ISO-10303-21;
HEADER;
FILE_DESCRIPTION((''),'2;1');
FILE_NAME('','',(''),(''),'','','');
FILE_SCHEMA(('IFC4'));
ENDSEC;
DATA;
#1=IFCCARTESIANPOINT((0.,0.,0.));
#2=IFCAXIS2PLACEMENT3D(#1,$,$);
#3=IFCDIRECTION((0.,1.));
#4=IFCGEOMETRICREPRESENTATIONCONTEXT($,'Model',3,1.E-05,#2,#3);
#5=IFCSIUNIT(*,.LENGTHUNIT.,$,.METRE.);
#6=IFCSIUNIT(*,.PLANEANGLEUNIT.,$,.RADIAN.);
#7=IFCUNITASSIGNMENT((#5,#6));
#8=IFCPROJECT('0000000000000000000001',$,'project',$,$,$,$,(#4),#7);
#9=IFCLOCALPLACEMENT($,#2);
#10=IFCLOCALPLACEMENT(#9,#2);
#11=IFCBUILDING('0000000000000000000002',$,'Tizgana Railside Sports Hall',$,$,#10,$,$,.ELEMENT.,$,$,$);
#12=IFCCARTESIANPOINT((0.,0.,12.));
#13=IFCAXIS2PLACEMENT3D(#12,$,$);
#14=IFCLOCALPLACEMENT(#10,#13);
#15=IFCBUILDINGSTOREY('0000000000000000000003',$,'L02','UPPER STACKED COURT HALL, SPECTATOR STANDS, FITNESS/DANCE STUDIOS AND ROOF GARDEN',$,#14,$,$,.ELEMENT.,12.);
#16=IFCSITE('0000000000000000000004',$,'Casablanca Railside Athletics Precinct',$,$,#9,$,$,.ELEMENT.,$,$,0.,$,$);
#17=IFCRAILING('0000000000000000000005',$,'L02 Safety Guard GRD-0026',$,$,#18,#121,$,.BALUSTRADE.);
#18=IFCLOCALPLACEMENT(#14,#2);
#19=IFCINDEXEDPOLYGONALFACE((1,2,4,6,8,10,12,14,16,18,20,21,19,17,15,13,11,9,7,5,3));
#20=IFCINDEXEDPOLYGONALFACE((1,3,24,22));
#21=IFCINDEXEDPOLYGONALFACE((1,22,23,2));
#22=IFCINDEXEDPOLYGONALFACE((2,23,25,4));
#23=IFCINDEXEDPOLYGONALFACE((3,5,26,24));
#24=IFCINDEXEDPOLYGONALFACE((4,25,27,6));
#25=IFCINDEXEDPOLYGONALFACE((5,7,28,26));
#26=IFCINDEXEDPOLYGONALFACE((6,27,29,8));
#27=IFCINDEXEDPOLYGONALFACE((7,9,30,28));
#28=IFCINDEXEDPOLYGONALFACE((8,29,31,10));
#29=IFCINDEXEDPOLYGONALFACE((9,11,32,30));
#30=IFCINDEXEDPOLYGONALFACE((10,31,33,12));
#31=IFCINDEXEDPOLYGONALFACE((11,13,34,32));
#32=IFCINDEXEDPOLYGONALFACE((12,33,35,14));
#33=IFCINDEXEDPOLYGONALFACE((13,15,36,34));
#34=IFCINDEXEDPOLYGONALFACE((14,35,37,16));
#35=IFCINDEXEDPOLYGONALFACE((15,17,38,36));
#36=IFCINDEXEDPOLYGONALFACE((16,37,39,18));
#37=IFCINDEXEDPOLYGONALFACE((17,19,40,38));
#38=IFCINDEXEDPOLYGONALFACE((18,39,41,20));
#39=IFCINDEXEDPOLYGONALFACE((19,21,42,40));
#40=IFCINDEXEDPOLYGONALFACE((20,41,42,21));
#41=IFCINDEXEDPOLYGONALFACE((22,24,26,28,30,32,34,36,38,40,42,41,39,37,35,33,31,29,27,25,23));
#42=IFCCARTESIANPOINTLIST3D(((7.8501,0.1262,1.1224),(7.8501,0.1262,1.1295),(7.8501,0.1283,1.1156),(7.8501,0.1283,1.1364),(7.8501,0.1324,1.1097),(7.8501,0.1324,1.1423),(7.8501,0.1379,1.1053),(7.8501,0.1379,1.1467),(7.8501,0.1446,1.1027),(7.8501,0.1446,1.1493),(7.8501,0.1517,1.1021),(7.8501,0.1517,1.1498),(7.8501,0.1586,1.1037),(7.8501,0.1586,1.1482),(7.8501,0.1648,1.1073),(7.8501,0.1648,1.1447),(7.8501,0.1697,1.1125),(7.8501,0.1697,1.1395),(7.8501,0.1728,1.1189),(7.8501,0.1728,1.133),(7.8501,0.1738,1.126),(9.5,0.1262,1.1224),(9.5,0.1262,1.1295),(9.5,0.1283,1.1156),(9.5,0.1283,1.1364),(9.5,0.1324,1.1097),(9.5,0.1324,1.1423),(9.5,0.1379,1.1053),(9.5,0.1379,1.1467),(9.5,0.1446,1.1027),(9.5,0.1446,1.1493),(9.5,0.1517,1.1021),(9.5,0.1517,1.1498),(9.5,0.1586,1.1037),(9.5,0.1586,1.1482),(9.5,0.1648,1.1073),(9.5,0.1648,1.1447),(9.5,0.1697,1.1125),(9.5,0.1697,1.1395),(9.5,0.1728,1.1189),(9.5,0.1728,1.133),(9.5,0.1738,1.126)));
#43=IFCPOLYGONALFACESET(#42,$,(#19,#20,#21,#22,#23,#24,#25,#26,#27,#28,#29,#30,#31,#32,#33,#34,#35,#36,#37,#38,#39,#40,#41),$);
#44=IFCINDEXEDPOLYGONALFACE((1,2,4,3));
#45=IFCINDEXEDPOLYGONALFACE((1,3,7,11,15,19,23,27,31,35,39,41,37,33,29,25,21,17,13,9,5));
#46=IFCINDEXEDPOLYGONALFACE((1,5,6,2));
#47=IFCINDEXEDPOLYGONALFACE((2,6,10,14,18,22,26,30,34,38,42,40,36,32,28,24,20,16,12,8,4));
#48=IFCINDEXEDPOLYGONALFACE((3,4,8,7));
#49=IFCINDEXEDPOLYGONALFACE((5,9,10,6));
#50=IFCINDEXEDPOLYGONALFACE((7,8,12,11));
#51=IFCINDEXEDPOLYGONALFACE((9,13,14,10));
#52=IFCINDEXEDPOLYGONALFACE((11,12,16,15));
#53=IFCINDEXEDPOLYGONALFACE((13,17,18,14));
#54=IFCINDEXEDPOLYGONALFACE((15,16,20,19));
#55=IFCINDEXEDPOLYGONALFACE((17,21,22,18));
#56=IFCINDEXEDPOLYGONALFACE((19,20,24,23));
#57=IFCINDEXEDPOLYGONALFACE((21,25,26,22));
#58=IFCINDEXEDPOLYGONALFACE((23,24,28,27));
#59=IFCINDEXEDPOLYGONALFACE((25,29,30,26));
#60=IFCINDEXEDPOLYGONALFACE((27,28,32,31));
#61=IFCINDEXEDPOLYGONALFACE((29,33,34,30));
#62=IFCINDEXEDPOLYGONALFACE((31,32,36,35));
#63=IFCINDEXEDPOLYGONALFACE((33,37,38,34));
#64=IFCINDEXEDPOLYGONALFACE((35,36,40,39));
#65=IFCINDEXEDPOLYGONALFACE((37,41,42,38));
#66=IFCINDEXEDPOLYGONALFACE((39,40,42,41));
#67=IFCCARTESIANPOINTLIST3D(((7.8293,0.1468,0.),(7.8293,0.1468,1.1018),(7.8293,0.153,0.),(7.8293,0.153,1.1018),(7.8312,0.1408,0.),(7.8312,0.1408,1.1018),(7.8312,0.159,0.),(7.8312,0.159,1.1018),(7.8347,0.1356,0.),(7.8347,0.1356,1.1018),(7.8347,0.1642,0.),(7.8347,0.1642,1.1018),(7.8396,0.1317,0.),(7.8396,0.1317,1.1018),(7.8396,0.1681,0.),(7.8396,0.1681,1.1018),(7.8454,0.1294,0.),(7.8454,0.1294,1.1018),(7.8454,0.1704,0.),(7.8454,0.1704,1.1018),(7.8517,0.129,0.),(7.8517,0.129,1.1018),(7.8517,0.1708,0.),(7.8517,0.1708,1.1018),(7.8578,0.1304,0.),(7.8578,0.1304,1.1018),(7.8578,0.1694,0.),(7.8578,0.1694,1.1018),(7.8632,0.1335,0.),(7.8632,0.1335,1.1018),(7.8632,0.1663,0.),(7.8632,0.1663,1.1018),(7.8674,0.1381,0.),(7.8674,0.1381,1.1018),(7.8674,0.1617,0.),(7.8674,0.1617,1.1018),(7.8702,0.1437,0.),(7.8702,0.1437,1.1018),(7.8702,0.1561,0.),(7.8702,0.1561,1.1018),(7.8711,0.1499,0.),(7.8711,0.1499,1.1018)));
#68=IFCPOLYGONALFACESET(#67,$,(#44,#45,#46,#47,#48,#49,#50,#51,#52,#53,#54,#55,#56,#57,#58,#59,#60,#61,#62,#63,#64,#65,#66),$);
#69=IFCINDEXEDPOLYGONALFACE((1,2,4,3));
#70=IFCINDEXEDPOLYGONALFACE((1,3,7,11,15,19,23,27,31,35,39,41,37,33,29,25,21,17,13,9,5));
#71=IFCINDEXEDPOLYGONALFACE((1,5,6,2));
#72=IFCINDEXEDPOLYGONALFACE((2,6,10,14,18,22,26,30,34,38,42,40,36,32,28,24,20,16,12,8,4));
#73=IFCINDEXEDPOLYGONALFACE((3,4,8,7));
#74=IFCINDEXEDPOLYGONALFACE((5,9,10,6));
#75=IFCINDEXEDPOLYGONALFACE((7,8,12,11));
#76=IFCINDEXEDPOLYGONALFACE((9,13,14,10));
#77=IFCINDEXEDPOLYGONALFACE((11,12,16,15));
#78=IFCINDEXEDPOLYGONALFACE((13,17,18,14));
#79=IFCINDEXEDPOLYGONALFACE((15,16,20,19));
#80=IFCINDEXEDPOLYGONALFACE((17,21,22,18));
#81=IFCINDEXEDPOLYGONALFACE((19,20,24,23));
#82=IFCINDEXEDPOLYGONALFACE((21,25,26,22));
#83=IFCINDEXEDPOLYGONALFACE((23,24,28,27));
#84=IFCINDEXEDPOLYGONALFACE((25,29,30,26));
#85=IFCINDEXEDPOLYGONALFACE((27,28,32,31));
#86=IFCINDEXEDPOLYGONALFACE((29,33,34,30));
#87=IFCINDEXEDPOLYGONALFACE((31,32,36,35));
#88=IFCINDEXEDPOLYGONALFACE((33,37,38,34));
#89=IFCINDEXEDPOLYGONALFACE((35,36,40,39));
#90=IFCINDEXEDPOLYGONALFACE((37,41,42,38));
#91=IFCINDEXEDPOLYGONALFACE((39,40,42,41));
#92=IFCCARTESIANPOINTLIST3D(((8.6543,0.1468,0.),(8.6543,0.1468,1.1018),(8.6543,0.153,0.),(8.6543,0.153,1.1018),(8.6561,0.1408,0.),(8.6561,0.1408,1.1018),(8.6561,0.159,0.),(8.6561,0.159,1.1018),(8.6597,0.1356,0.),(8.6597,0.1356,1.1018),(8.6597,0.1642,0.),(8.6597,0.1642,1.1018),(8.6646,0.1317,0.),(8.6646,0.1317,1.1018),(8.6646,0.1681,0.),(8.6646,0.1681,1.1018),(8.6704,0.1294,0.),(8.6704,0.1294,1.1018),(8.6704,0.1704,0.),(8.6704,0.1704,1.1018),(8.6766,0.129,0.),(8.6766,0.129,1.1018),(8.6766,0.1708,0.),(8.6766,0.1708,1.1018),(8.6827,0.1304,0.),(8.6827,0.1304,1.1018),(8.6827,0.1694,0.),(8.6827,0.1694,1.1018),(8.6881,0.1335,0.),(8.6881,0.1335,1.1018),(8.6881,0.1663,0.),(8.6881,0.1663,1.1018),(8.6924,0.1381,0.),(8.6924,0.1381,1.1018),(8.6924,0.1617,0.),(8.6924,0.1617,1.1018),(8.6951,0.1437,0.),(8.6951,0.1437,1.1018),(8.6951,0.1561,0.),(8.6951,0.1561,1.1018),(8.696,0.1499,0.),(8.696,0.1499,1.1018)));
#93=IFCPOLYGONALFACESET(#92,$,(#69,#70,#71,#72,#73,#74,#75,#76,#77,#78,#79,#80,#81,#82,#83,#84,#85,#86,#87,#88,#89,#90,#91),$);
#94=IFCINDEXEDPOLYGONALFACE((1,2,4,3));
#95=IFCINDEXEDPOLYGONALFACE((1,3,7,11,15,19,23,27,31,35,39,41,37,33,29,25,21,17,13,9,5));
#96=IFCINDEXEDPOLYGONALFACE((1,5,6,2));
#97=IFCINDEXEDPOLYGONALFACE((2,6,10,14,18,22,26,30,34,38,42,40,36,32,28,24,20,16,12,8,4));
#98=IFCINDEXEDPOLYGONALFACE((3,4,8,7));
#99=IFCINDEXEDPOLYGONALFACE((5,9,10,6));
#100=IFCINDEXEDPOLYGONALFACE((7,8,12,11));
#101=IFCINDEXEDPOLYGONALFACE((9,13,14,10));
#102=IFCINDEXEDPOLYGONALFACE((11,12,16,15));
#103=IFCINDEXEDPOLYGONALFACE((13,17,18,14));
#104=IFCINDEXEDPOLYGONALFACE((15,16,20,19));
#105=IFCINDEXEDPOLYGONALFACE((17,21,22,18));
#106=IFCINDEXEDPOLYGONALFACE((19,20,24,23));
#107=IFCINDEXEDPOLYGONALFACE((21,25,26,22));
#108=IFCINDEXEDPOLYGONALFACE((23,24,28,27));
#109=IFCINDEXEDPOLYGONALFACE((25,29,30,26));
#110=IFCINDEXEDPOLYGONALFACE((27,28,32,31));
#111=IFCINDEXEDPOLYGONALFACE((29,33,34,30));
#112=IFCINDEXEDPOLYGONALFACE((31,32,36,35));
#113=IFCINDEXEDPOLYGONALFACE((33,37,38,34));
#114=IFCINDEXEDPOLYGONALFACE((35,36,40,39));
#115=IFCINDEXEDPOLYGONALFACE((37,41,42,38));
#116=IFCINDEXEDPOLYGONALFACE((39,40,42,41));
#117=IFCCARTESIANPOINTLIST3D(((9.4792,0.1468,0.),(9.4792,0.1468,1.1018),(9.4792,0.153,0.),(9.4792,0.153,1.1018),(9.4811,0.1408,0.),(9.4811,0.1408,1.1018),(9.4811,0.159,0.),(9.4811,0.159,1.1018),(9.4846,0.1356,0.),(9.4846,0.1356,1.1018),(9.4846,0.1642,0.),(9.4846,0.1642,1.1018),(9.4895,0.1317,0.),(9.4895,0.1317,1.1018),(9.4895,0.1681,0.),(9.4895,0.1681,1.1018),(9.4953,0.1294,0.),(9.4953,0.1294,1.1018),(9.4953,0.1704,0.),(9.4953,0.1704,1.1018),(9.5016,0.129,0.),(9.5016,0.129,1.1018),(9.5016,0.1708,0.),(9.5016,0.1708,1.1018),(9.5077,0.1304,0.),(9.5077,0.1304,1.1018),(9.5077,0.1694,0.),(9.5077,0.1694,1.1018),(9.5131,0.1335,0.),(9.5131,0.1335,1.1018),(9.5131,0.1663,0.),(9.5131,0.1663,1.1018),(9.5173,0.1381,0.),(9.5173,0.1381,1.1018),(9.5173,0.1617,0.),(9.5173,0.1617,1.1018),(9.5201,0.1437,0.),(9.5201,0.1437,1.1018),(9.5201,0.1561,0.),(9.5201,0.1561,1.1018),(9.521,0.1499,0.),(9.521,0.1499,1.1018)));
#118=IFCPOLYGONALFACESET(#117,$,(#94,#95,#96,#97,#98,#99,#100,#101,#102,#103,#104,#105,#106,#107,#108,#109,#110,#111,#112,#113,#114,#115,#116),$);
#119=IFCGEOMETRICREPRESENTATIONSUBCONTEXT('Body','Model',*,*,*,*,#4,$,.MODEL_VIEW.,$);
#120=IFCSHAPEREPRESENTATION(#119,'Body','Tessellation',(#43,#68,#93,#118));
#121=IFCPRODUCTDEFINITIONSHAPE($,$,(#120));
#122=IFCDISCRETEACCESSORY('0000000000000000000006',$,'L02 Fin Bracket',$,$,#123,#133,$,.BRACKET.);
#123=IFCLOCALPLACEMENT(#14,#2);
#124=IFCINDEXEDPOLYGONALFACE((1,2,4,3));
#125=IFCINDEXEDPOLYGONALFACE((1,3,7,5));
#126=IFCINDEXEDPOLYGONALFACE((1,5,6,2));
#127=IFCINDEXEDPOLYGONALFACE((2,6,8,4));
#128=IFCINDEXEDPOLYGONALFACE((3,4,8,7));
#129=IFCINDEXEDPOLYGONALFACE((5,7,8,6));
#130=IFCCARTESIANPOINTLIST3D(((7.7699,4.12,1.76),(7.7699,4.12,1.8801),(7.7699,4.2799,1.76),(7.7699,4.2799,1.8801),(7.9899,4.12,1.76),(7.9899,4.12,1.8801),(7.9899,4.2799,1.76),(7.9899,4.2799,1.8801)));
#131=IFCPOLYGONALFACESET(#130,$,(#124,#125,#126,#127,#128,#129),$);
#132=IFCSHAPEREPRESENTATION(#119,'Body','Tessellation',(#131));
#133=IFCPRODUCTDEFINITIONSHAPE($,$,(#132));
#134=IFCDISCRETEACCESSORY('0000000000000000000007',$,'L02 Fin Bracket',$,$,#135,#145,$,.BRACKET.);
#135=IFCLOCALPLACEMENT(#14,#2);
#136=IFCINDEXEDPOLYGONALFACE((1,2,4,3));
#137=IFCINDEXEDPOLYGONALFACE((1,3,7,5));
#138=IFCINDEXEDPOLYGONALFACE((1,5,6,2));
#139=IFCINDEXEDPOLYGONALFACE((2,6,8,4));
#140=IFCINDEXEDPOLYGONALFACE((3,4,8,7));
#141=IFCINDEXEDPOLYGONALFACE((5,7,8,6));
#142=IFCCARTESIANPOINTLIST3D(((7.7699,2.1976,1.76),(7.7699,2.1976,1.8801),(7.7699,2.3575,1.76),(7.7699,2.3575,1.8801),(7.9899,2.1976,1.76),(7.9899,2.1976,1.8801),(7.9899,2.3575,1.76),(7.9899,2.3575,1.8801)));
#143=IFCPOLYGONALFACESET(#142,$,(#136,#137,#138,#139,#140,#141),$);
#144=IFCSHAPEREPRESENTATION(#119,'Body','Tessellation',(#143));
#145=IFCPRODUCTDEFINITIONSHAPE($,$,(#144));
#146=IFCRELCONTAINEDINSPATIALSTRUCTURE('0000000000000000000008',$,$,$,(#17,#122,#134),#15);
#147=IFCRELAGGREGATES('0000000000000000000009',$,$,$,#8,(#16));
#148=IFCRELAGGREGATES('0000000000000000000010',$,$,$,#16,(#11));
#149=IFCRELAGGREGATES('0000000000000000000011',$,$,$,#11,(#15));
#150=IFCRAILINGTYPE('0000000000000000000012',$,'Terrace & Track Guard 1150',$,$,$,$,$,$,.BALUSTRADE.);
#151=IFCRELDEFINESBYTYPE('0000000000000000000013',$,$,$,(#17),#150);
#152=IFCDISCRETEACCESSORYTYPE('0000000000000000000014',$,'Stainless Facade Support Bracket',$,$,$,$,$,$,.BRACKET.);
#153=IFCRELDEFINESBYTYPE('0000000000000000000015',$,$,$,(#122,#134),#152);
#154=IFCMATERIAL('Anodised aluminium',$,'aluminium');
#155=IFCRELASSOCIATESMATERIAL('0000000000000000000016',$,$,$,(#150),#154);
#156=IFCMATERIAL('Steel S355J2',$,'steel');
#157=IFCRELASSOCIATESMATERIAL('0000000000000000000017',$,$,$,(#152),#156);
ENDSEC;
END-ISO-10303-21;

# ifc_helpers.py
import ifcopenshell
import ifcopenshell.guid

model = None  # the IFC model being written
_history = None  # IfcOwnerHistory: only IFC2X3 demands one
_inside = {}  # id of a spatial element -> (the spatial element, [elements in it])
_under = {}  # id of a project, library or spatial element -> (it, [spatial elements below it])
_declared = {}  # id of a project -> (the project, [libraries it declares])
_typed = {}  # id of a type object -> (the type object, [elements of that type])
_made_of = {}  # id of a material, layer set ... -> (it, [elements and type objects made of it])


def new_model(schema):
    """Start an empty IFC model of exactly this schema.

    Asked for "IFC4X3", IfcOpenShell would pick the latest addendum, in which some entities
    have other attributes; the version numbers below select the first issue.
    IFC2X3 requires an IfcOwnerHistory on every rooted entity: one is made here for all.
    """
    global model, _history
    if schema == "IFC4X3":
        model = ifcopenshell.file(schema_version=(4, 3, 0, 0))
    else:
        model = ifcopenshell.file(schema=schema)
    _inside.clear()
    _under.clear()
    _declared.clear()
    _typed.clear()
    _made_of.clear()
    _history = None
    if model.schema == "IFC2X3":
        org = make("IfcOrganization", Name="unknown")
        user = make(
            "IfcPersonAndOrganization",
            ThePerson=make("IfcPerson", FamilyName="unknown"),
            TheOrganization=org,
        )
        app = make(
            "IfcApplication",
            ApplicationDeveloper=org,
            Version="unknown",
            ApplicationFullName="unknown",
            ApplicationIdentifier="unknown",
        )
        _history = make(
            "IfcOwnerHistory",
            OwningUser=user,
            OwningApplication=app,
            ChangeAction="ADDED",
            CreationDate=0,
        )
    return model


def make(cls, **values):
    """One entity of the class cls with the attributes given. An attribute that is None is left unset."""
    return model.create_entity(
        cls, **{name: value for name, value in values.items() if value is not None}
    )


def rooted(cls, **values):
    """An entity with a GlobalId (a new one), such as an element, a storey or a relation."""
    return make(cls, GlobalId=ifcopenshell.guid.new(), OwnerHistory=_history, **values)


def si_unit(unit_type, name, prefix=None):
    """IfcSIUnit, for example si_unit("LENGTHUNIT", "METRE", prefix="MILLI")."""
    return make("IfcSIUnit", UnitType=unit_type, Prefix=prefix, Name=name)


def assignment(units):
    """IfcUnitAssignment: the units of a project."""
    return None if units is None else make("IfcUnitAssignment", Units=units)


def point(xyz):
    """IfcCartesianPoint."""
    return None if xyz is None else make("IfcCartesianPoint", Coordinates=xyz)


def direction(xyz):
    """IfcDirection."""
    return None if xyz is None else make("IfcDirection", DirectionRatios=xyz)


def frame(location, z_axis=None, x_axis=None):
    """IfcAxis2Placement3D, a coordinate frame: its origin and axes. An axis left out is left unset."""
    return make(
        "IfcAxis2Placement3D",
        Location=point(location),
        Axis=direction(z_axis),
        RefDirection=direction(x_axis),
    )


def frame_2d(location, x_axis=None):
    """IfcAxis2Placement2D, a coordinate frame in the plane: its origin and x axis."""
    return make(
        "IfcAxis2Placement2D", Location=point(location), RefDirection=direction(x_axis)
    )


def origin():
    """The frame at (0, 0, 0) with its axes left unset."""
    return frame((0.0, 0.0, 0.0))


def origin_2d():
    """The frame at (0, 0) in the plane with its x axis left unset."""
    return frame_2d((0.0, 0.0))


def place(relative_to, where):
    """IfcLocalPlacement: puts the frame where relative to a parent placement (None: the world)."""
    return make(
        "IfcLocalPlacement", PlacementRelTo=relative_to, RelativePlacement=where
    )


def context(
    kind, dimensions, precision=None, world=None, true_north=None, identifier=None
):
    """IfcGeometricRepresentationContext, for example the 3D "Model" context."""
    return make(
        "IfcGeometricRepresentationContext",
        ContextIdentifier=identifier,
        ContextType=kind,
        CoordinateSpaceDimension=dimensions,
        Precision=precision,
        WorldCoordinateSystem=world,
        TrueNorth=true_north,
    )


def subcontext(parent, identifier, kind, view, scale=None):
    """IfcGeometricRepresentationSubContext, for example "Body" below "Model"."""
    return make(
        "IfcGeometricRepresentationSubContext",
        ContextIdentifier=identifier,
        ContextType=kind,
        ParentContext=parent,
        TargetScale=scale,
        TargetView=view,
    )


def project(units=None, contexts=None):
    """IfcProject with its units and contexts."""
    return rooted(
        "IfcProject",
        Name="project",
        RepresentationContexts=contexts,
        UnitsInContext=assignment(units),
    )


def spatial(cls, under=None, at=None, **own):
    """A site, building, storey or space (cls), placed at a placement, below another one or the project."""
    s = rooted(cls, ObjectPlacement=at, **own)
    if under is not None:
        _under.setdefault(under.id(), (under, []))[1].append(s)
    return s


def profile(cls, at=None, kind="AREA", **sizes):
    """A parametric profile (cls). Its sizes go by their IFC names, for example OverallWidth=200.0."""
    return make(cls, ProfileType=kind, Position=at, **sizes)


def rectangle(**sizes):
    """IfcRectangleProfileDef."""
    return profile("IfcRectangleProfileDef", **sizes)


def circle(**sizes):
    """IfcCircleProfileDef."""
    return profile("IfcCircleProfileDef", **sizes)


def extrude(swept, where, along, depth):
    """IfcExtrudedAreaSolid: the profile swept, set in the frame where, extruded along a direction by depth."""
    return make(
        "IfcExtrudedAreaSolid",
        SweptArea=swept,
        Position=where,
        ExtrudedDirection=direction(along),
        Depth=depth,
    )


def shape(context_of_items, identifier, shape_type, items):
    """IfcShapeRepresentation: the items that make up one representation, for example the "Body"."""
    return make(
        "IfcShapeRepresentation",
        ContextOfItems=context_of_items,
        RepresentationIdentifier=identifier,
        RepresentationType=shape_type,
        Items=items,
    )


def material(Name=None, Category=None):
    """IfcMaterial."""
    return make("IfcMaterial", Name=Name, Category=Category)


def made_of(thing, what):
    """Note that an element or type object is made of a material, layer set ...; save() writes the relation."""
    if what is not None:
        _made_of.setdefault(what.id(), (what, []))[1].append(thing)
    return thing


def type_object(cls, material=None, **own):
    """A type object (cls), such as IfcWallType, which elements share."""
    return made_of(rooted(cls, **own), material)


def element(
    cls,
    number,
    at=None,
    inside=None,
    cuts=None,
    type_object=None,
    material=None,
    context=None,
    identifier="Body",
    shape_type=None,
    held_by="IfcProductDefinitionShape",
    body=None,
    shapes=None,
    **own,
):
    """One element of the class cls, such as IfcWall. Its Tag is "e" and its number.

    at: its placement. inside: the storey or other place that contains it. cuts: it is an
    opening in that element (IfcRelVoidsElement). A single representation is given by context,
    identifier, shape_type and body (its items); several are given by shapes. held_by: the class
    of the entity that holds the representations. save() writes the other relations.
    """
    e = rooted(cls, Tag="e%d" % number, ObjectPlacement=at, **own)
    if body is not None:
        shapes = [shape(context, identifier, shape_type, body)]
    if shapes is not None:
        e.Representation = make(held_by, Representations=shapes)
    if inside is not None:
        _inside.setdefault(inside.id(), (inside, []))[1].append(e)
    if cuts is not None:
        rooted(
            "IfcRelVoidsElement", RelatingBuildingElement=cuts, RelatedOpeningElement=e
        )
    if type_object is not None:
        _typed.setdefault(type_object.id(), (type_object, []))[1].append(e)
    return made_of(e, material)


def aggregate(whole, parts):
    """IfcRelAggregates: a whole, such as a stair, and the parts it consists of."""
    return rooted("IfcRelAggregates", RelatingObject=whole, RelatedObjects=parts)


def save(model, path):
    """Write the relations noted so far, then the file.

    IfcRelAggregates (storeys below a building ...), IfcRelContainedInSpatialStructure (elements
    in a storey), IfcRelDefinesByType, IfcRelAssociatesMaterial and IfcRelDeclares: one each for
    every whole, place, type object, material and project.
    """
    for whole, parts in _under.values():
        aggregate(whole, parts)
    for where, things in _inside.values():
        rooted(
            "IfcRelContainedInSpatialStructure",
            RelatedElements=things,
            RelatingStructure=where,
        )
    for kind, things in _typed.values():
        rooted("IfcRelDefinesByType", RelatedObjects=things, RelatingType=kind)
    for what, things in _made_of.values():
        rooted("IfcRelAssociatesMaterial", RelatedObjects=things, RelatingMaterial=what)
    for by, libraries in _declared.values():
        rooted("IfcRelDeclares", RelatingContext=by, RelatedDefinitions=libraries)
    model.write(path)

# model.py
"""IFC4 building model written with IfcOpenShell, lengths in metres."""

from ifc_helpers import new_model, si_unit, direction, frame, origin, origin_2d, place, context, subcontext, project, spatial, rectangle, circle, extrude, material, type_object, element, save


model = new_model("IFC4")

# Units and contexts
model_context = context("Model", 3, precision=1e-05, world=origin(), true_north=direction((0.0, 1.0)))
body_context = subcontext(model_context, "Body", "Model", "MODEL_VIEW")
ifc_project = project(units=[si_unit("LENGTHUNIT", "METRE"), si_unit("PLANEANGLEUNIT", "RADIAN")], contexts=[model_context])

# Site, building, storey
site_placement = place(None, origin())
site = spatial("IfcSite", under=ifc_project, at=site_placement, Name="Casablanca Railside Athletics Precinct", CompositionType="ELEMENT", RefElevation=0.0)
building_placement = place(site_placement, origin())
building = spatial("IfcBuilding", under=site, at=building_placement, Name="Tizgana Railside Sports Hall", CompositionType="ELEMENT")
storey_placement = place(building_placement, frame((0.0, 0.0, 12.0)))
storey = spatial("IfcBuildingStorey", under=building, at=storey_placement, Name="L02", Description="UPPER STACKED COURT HALL, SPECTATOR STANDS, FITNESS/DANCE STUDIOS AND ROOF GARDEN", CompositionType="ELEMENT", Elevation=12.0)

# Shared definitions
ifc_material_1 = material(Name="Steel S355J2", Category="steel")

# Railing
ifc_material_2 = material(Name="Anodised aluminium", Category="aluminium")
railing_type_1 = type_object("IfcRailingType", Name="Terrace & Track Guard 1150", PredefinedType="BALUSTRADE", material=ifc_material_2)
railing_1_placement = place(storey_placement, frame((7.8501, 0.1499, 0.0)))
element("IfcRailing", 1, at=railing_1_placement, inside=storey, type_object=railing_type_1, Name="L02 Safety Guard GRD-0026", PredefinedType="BALUSTRADE", context=body_context, shape_type="SweptSolid", body=[
    extrude(circle(Radius=0.0239, at=origin_2d()), frame((0.0, 0.0, 1.126), z_axis=(1.0, 0.0, 0.0), x_axis=(0.0, 1.0, 0.0)), (0.0, 0.0, 1.0), 1.6499),
    extrude(circle(Radius=0.021, at=origin_2d()), origin(), (0.0, 0.0, 1.0), 1.1018),
    extrude(circle(Radius=0.021, at=origin_2d()), frame((0.825, 0.0, 0.0)), (0.0, 0.0, 1.0), 1.1018),
    extrude(circle(Radius=0.021, at=origin_2d()), frame((1.6499, 0.0, 0.0)), (0.0, 0.0, 1.0), 1.1018),
])

# Discrete accessories
discrete_accessory_type = type_object("IfcDiscreteAccessoryType", Name="Stainless Facade Support Bracket", PredefinedType="BRACKET", material=ifc_material_1)
for number, where, z_axis, x_axis, name in (
    (2, (7.8799, 4.2, 1.76), (0.0, 0.0, 1.0), (0.0, -1.0, 0.0), "L02 Fin Bracket"),
    (3, (7.8799, 2.2776, 1.76), (0.0, 0.0, 1.0), (0.0, -1.0, 0.0), "L02 Fin Bracket"),
):
    element("IfcDiscreteAccessory", number, at=place(storey_placement, frame(where, z_axis=z_axis, x_axis=x_axis)), inside=storey, type_object=discrete_accessory_type, Name=name, PredefinedType="BRACKET", context=body_context, shape_type="SweptSolid", body=[
        extrude(rectangle(XDim=0.1599, YDim=0.22, at=origin_2d()), origin(), (0.0, 0.0, 1.0), 0.1201),
    ])

save(model, "model.ifc")
